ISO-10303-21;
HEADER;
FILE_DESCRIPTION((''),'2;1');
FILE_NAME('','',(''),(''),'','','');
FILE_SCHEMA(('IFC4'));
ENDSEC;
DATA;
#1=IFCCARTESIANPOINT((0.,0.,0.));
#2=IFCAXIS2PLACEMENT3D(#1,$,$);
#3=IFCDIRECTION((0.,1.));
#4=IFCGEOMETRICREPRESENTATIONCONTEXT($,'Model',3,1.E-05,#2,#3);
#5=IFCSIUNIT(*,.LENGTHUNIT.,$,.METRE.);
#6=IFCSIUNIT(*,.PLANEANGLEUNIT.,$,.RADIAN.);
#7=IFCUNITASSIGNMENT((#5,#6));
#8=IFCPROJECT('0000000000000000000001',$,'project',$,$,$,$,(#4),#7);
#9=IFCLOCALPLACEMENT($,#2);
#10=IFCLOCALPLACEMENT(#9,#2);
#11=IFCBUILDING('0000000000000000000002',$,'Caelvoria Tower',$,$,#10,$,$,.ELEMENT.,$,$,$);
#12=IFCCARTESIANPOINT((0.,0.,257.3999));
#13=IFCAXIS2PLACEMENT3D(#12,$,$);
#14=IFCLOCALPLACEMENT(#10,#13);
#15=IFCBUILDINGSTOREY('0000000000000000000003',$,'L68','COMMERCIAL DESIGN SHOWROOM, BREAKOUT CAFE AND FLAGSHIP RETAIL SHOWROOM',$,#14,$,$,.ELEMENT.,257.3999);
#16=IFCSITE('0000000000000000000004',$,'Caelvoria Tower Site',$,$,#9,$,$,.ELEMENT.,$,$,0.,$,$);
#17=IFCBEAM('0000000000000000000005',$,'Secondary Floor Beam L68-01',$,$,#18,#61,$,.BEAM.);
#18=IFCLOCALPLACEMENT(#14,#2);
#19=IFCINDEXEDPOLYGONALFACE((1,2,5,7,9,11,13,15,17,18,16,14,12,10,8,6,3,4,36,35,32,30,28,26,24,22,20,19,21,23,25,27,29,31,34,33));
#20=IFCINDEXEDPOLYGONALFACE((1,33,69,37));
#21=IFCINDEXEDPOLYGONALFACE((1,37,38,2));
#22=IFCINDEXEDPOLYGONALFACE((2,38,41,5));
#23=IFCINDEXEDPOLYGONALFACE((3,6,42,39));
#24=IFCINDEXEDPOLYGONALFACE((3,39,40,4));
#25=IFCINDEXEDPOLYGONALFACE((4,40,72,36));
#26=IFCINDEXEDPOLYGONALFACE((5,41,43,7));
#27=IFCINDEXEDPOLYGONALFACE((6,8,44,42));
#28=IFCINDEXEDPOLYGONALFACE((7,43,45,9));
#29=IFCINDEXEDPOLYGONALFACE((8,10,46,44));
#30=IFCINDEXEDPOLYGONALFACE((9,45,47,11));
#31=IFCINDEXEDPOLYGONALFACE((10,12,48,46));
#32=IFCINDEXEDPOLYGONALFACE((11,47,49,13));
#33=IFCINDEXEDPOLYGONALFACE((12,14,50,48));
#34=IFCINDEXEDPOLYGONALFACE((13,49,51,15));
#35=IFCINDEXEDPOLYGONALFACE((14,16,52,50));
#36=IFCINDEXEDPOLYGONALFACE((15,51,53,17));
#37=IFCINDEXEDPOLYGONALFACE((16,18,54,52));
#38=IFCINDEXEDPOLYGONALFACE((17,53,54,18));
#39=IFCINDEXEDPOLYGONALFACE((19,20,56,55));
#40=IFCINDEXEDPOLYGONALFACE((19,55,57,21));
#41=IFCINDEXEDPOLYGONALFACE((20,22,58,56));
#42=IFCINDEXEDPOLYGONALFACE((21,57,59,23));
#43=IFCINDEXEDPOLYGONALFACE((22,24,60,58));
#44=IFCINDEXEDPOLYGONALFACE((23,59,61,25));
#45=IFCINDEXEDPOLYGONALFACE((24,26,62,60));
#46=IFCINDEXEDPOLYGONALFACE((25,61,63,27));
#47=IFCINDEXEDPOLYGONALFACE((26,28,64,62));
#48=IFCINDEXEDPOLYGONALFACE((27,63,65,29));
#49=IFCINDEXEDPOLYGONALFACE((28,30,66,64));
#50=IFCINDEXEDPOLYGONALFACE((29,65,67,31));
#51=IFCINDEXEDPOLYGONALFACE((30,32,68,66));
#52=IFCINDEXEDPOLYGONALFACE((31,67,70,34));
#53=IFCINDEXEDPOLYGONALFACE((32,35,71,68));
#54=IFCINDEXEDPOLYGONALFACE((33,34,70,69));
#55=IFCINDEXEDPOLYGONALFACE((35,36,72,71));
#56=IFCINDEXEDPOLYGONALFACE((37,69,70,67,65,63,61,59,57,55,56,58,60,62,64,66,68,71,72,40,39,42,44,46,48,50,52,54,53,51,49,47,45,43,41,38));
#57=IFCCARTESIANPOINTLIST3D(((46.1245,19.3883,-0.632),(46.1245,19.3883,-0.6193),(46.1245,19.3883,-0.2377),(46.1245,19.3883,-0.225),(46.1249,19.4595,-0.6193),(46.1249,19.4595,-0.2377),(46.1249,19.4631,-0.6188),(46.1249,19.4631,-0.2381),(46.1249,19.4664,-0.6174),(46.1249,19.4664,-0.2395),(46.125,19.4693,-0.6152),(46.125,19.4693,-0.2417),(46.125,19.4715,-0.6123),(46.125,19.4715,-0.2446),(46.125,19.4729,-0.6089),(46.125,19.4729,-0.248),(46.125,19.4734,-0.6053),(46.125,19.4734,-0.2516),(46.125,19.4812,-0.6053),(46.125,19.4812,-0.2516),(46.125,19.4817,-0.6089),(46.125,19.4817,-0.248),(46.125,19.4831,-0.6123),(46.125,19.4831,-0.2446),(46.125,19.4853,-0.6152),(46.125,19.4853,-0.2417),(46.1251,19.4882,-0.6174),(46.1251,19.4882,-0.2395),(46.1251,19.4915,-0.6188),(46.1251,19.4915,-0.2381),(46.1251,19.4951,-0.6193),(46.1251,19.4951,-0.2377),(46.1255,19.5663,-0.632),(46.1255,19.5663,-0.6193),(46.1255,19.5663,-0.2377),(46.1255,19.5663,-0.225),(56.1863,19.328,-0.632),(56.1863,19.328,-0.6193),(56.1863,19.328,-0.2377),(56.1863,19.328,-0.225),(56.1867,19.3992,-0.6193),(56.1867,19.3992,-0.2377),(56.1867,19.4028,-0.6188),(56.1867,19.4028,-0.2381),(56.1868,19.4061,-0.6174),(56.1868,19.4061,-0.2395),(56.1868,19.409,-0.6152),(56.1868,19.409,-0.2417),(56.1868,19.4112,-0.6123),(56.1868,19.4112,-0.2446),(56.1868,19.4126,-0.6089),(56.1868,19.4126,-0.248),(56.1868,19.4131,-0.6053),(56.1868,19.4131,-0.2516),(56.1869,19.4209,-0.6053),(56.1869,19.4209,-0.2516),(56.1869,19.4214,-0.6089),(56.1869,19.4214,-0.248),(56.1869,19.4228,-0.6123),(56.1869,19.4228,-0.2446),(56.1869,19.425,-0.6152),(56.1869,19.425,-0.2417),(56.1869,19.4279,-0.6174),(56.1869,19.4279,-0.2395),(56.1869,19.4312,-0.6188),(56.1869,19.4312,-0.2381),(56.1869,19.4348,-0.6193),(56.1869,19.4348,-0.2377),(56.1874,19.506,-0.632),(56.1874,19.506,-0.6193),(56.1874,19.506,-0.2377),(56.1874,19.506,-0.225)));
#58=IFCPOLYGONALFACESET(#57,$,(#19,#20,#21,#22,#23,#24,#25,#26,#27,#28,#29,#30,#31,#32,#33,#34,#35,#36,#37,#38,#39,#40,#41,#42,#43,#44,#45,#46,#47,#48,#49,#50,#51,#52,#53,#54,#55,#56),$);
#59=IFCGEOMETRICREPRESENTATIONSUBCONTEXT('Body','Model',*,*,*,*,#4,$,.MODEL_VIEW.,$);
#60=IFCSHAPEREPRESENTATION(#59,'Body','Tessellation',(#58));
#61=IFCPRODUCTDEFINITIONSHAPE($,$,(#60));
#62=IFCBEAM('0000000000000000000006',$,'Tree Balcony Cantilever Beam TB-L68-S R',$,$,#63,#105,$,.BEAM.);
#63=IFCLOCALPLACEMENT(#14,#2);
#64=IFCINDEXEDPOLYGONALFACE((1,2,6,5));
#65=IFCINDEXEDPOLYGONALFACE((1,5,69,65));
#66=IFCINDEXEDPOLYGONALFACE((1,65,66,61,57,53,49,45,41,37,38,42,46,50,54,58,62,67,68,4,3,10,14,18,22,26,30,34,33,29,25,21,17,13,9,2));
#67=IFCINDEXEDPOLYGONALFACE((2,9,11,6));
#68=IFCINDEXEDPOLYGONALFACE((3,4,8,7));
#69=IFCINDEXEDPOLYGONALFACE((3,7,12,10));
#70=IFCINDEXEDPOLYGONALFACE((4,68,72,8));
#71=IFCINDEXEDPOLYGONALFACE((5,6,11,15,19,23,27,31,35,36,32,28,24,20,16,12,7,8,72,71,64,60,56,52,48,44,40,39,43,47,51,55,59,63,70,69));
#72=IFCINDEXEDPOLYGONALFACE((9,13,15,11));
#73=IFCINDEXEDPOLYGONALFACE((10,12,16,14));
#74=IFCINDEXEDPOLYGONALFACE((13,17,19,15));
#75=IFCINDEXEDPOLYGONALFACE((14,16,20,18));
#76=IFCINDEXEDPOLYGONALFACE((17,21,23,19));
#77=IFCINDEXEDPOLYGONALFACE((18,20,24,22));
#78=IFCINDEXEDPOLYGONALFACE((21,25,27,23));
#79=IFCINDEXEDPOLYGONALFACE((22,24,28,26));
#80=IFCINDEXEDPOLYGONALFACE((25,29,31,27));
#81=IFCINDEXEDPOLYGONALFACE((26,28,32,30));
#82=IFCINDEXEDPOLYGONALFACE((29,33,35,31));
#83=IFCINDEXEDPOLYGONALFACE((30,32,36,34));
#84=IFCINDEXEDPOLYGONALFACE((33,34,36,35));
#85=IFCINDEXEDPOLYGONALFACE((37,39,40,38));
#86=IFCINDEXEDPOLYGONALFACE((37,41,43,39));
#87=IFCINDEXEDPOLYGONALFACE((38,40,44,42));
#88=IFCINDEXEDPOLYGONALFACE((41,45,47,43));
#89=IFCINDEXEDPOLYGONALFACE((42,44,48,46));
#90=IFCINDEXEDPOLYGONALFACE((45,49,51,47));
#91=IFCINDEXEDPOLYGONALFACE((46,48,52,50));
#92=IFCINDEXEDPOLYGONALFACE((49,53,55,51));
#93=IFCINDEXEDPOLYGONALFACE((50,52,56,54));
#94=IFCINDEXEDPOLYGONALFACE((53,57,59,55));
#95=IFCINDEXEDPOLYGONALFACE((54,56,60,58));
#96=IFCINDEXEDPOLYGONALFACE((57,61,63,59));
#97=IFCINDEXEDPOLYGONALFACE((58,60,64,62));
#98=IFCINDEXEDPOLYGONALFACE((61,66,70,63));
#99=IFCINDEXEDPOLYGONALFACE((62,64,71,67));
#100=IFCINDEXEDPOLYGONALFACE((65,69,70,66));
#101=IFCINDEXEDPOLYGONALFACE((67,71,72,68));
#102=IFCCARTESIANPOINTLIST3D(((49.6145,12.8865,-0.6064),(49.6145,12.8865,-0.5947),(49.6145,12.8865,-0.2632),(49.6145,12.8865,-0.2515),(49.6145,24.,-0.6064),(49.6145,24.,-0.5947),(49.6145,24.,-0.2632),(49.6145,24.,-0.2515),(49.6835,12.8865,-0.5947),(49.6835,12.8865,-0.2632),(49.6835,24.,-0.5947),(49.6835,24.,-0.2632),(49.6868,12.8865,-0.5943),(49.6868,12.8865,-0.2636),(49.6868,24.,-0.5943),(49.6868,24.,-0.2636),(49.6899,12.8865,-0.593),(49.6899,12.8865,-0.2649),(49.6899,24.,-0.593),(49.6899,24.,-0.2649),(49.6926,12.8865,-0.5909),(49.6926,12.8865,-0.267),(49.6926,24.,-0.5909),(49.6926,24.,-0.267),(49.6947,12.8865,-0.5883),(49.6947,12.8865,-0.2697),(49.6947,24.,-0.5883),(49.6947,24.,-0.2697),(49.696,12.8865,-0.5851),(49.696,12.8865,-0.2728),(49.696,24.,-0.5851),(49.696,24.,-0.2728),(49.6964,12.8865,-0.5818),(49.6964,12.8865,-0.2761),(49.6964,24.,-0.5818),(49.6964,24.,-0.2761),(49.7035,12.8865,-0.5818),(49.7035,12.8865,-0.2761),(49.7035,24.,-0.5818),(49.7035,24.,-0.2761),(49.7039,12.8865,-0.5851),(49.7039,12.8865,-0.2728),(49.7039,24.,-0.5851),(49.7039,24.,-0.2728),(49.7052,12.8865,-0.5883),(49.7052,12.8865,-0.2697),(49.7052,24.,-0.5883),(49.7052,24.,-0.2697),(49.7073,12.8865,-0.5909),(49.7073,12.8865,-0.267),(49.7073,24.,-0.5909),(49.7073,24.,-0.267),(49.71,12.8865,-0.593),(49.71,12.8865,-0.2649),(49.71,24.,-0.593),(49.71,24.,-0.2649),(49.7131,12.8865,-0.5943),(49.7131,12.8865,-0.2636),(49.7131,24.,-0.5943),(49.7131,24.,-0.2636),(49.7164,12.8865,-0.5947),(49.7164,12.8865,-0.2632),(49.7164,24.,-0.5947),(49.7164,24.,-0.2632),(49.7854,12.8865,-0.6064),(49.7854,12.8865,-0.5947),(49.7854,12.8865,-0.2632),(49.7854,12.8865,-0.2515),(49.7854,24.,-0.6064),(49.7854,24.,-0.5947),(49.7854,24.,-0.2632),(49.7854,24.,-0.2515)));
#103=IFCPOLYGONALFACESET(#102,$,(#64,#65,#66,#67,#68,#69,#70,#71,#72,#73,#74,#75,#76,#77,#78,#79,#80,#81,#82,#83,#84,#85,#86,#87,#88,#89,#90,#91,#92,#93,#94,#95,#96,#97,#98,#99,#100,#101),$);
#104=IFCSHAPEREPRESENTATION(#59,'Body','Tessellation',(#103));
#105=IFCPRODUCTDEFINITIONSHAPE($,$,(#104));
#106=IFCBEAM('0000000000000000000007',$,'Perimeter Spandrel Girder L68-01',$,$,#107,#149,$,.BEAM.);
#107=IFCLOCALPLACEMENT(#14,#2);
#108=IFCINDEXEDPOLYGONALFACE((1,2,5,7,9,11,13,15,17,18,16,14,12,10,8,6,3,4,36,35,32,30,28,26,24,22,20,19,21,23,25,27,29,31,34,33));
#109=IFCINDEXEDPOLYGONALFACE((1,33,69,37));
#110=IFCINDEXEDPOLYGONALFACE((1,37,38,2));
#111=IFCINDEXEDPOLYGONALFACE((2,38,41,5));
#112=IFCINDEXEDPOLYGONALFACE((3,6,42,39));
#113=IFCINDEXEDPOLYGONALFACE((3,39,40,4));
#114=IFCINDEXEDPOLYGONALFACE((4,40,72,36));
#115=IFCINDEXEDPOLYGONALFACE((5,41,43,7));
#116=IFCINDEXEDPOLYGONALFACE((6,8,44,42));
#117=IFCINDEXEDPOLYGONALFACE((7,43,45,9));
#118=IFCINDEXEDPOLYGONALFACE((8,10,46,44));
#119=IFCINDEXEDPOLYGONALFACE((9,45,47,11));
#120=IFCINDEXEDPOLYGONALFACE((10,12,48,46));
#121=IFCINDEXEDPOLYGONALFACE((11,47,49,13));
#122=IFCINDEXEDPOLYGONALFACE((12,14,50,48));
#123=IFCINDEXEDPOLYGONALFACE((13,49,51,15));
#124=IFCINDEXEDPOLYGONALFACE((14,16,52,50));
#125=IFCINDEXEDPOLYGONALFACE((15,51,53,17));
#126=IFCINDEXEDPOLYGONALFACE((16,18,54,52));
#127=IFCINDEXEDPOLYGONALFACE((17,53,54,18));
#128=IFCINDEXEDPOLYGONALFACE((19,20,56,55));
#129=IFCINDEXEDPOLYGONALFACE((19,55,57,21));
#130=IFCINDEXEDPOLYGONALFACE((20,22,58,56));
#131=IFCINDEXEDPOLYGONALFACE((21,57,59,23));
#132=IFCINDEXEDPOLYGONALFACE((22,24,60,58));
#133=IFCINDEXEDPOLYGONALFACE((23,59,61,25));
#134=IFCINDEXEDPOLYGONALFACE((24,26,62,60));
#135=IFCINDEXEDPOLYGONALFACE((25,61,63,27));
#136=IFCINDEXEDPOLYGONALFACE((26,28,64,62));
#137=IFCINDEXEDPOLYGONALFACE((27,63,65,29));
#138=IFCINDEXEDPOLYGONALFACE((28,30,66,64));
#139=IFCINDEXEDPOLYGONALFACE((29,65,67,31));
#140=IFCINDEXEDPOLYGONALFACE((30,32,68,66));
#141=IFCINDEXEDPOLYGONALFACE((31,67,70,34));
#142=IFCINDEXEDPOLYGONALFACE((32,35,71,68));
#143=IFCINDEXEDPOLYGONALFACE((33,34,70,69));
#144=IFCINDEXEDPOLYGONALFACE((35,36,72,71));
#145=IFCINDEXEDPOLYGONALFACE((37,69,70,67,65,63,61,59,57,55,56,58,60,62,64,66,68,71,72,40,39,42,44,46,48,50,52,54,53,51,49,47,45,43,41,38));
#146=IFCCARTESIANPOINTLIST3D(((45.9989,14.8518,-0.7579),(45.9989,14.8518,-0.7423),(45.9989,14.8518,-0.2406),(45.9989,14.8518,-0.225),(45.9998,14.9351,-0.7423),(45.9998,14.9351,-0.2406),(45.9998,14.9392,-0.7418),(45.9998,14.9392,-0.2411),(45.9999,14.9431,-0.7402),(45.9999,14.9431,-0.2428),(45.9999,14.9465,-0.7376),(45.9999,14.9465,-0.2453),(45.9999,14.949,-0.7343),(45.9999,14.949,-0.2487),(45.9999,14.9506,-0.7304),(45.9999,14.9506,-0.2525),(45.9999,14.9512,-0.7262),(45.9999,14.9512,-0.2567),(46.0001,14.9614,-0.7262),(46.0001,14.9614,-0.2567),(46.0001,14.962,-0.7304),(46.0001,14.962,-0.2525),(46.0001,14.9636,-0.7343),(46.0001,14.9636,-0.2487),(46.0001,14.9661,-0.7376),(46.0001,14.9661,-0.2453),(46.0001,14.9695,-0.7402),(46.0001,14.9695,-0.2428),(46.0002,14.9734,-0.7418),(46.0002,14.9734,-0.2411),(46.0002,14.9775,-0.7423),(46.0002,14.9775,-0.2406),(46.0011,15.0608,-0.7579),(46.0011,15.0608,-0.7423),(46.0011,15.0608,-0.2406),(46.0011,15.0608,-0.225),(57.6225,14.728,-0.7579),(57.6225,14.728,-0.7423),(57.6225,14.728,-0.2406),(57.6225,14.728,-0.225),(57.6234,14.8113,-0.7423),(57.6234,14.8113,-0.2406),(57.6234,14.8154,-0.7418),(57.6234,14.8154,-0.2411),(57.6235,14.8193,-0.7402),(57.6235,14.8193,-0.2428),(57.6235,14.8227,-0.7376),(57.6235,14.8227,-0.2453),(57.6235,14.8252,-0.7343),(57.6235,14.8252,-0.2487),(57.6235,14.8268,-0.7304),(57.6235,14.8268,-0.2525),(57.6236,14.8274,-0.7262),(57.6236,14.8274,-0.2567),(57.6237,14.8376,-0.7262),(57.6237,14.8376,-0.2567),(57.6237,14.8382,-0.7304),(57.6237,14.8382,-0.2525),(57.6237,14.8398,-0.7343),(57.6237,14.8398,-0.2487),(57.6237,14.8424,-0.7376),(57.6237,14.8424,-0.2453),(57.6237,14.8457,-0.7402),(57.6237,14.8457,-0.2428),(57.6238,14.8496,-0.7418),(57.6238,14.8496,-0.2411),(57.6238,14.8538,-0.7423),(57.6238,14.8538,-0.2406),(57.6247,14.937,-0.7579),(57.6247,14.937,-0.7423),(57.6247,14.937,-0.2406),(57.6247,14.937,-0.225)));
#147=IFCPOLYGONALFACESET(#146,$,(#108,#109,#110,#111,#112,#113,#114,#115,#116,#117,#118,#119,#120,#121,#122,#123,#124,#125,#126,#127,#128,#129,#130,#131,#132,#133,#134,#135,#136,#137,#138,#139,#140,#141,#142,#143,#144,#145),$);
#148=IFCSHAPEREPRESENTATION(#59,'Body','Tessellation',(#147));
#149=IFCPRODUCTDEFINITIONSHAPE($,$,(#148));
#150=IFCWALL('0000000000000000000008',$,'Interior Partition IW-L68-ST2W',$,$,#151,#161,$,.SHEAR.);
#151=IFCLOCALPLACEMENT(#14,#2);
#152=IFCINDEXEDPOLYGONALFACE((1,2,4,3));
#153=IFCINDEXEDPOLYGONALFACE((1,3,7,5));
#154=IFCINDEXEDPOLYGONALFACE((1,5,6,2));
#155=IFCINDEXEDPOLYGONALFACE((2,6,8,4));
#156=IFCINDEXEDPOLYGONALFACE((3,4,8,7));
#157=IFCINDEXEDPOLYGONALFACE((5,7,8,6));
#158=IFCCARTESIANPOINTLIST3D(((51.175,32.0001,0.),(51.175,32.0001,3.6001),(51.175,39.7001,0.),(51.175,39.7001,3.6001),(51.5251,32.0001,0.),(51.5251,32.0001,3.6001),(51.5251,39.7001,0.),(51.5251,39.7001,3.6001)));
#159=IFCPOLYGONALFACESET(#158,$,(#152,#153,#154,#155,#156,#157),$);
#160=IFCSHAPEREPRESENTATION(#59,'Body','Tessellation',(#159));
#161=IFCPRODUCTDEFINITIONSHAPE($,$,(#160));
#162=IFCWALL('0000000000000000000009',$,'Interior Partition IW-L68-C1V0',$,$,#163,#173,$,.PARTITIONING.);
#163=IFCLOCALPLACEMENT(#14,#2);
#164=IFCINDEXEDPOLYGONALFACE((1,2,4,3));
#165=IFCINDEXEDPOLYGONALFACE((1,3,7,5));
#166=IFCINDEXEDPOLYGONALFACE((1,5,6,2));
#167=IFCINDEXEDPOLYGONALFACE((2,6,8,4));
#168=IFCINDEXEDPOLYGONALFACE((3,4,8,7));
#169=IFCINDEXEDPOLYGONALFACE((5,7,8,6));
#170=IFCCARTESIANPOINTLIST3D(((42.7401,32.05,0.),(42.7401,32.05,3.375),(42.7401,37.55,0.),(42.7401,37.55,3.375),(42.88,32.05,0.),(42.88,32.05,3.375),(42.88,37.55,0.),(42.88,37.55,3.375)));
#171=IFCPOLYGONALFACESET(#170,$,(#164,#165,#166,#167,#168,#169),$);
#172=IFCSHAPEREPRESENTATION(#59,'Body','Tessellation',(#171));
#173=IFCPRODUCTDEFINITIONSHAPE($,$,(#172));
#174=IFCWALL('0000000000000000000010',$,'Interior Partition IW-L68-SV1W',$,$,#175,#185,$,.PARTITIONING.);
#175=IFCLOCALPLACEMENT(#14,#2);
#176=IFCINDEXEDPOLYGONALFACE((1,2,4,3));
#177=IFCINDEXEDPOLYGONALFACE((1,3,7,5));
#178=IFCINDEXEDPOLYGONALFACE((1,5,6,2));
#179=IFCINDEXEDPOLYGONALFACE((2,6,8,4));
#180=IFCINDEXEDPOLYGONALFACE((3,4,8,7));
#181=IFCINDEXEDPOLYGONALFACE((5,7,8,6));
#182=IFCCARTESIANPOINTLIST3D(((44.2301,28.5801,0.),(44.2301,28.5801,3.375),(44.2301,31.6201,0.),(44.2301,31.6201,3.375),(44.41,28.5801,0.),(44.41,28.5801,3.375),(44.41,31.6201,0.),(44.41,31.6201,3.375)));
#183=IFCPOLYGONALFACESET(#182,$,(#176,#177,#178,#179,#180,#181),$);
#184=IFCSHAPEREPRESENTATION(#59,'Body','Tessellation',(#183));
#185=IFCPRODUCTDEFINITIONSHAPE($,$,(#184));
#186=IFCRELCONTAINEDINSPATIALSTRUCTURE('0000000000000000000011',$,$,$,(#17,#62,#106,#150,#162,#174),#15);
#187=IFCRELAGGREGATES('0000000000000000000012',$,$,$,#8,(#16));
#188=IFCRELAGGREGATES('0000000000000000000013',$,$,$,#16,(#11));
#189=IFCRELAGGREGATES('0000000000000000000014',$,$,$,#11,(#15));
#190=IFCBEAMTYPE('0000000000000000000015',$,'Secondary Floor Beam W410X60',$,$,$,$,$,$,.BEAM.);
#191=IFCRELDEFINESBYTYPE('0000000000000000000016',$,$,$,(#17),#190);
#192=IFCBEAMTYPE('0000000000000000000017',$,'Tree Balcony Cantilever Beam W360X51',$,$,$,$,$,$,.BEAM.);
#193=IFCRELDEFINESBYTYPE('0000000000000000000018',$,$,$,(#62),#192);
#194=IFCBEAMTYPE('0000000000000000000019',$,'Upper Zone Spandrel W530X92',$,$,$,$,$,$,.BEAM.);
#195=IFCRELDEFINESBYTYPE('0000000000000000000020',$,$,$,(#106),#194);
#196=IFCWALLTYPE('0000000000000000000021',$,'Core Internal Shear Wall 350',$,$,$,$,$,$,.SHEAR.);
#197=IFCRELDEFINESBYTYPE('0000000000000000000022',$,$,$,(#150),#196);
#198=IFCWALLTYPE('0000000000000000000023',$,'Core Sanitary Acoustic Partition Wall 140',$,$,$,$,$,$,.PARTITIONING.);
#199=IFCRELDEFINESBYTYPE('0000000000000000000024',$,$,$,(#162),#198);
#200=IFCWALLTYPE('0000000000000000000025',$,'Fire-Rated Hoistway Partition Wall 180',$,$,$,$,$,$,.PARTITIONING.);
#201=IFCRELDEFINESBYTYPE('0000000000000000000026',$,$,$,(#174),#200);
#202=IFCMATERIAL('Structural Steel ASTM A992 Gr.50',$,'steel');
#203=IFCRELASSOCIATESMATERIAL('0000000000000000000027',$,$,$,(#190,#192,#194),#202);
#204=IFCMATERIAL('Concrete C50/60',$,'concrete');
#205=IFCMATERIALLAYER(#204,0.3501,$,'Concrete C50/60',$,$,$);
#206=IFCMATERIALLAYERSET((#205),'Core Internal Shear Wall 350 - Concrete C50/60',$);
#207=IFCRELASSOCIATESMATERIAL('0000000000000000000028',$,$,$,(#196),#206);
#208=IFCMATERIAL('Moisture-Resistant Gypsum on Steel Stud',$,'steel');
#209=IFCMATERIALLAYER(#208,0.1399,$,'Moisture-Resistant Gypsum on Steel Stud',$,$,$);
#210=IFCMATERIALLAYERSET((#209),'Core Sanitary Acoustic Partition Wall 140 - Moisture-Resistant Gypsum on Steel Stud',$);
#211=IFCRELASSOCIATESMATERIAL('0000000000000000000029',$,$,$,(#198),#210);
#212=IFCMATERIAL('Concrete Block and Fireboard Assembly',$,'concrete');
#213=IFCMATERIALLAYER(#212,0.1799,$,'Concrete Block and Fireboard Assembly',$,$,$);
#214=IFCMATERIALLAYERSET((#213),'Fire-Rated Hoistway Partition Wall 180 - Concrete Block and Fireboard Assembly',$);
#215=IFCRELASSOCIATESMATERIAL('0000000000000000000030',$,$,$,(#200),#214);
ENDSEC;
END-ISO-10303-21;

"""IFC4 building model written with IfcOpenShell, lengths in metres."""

from ifc_helpers import new_model, si_unit, direction, frame, frame_2d, origin, origin_2d, place, context, subcontext, project, spatial, rectangle, i_section, extrude, material, layer, layer_set, material_profile, profile_set, type_object, element, save


model = new_model("IFC4")

# Units and contexts
model_context = context("Model", 3, precision=1e-05, world=origin(), true_north=direction((0.0, 1.0)))
body_context = subcontext(model_context, "Body", "Model", "MODEL_VIEW")
ifc_project = project(units=[si_unit("LENGTHUNIT", "METRE"), si_unit("PLANEANGLEUNIT", "RADIAN")], contexts=[model_context])

# Site, building, storey
site_placement = place(None, origin())
site = spatial("IfcSite", under=ifc_project, at=site_placement, Name="Caelvoria Tower Site", CompositionType="ELEMENT", RefElevation=0.0)
building_placement = place(site_placement, origin())
building = spatial("IfcBuilding", under=site, at=building_placement, Name="Caelvoria Tower", CompositionType="ELEMENT")
storey_placement = place(building_placement, frame((0.0, 0.0, 257.3999)))
storey = spatial("IfcBuildingStorey", under=building, at=storey_placement, Name="L68", Description="COMMERCIAL DESIGN SHOWROOM, BREAKOUT CAFE AND FLAGSHIP RETAIL SHOWROOM", CompositionType="ELEMENT", Elevation=257.3999)

# Shared definitions
ifc_material_1 = material(Name="Structural Steel ASTM A992 Gr.50", Category="steel")

# Beams
ifc_material_profile_1 = material_profile(ifc_material_1, i_section(OverallWidth=0.178, OverallDepth=0.407, WebThickness=0.0078, FlangeThickness=0.0127, FilletRadius=0.0139, at=origin_2d()), Name="Structural Steel ASTM A992 Gr.50")
ifc_profile_set_1 = profile_set([ifc_material_profile_1], Name="W410X60 - Structural Steel ASTM A992 Gr.50")
beam_type_1 = type_object("IfcBeamType", Name="Secondary Floor Beam W410X60", PredefinedType="BEAM", material=ifc_profile_set_1)
beam_1_placement = place(storey_placement, frame((46.125, 19.4773, -0.4285), z_axis=(0.999982, -0.005993, 0.0), x_axis=(0.005993, 0.999982, 0.0)))
element("IfcBeam", 1, at=beam_1_placement, inside=storey, type_object=beam_type_1, Name="Secondary Floor Beam L68-01", PredefinedType="BEAM", context=body_context, shape_type="SweptSolid", body=[
    extrude(i_section(OverallWidth=0.178, OverallDepth=0.407, WebThickness=0.0078, FlangeThickness=0.0127, FilletRadius=0.0139, at=origin_2d()), origin(), (0.0, 0.0, 1.0), 10.062),
])
ifc_material_profile_2 = material_profile(ifc_material_1, i_section(OverallWidth=0.1709, OverallDepth=0.355, WebThickness=0.0071, FlangeThickness=0.0117, FilletRadius=0.0129, at=origin_2d()), Name="Structural Steel ASTM A992 Gr.50")
ifc_profile_set_2 = profile_set([ifc_material_profile_2], Name="W360X51 - Structural Steel ASTM A992 Gr.50")
beam_type_2 = type_object("IfcBeamType", Name="Tree Balcony Cantilever Beam W360X51", PredefinedType="BEAM", material=ifc_profile_set_2)
beam_2_placement = place(storey_placement, frame((49.7, 24.0, -0.429), z_axis=(0.0, -1.0, 0.0), x_axis=(1.0, 0.0, 0.0)))
element("IfcBeam", 2, at=beam_2_placement, inside=storey, type_object=beam_type_2, Name="Tree Balcony Cantilever Beam TB-L68-S R", PredefinedType="BEAM", context=body_context, shape_type="SweptSolid", body=[
    extrude(i_section(OverallWidth=0.1709, OverallDepth=0.355, WebThickness=0.0071, FlangeThickness=0.0117, FilletRadius=0.0129, at=origin_2d()), origin(), (0.0, 0.0, 1.0), 11.1135),
])
ifc_material_profile_3 = material_profile(ifc_material_1, i_section(OverallWidth=0.209, OverallDepth=0.533, WebThickness=0.0103, FlangeThickness=0.0156, FilletRadius=0.0161, at=origin_2d()), Name="Structural Steel ASTM A992 Gr.50")
ifc_profile_set_3 = profile_set([ifc_material_profile_3], Name="W530X92 - Structural Steel ASTM A992 Gr.50")
beam_type_3 = type_object("IfcBeamType", Name="Upper Zone Spandrel W530X92", PredefinedType="BEAM", material=ifc_profile_set_3)
beam_3_placement = place(storey_placement, frame((46.0, 14.9563, -0.4915), z_axis=(0.999943, -0.010648, 0.0), x_axis=(0.010648, 0.999943, 0.0)))
element("IfcBeam", 3, at=beam_3_placement, inside=storey, type_object=beam_type_3, Name="Perimeter Spandrel Girder L68-01", PredefinedType="BEAM", context=body_context, shape_type="SweptSolid", body=[
    extrude(i_section(OverallWidth=0.209, OverallDepth=0.533, WebThickness=0.0103, FlangeThickness=0.0156, FilletRadius=0.0161, at=origin_2d()), origin(), (0.0, 0.0, 1.0), 11.6243),
])

# Walls
ifc_material_2 = material(Name="Concrete C50/60", Category="concrete")
ifc_layer_1 = layer(ifc_material_2, 0.3501, Name="Concrete C50/60")
ifc_layer_set_1 = layer_set([ifc_layer_1], Name="Core Internal Shear Wall 350 - Concrete C50/60")
wall_type_1 = type_object("IfcWallType", Name="Core Internal Shear Wall 350", PredefinedType="SHEAR", material=ifc_layer_set_1)
wall_1_placement = place(storey_placement, frame((51.3501, 32.0, 0.0), z_axis=(0.0, 0.0, 1.0), x_axis=(0.0, 1.0, 0.0)))
element("IfcWall", 4, at=wall_1_placement, inside=storey, type_object=wall_type_1, Name="Interior Partition IW-L68-ST2W", PredefinedType="SHEAR", context=body_context, shape_type="SweptSolid", body=[
    extrude(rectangle(XDim=7.7, YDim=0.3501, at=frame_2d((3.8501, 0.0))), origin(), (0.0, 0.0, 1.0), 3.6001),
])
ifc_material_3 = material(Name="Moisture-Resistant Gypsum on Steel Stud", Category="steel")
ifc_layer_2 = layer(ifc_material_3, 0.1399, Name="Moisture-Resistant Gypsum on Steel Stud")
ifc_layer_set_2 = layer_set([ifc_layer_2], Name="Core Sanitary Acoustic Partition Wall 140 - Moisture-Resistant Gypsum on Steel Stud")
wall_type_2 = type_object("IfcWallType", Name="Core Sanitary Acoustic Partition Wall 140", PredefinedType="PARTITIONING", material=ifc_layer_set_2)
wall_2_placement = place(storey_placement, frame((42.8101, 32.05, 0.0), z_axis=(0.0, 0.0, 1.0), x_axis=(0.0, 1.0, 0.0)))
element("IfcWall", 5, at=wall_2_placement, inside=storey, type_object=wall_type_2, Name="Interior Partition IW-L68-C1V0", PredefinedType="PARTITIONING", context=body_context, shape_type="SweptSolid", body=[
    extrude(rectangle(XDim=5.5, YDim=0.1399, at=frame_2d((2.75, 0.0))), origin(), (0.0, 0.0, 1.0), 3.375),
])

# Wall
ifc_material_4 = material(Name="Concrete Block and Fireboard Assembly", Category="concrete")
ifc_layer_3 = layer(ifc_material_4, 0.1799, Name="Concrete Block and Fireboard Assembly")
ifc_layer_set_3 = layer_set([ifc_layer_3], Name="Fire-Rated Hoistway Partition Wall 180 - Concrete Block and Fireboard Assembly")
wall_type_3 = type_object("IfcWallType", Name="Fire-Rated Hoistway Partition Wall 180", PredefinedType="PARTITIONING", material=ifc_layer_set_3)
for number, where, z_axis, x_axis, name in (
    (6, (44.3201, 28.5801, 0.0), (0.0, 0.0, 1.0), (0.0, 1.0, 0.0), "Interior Partition IW-L68-SV1W"),
):
    element("IfcWall", number, at=place(storey_placement, frame(where, z_axis=z_axis, x_axis=x_axis)), inside=storey, type_object=wall_type_3, Name=name, PredefinedType="PARTITIONING", context=body_context, shape_type="SweptSolid", body=[
        extrude(rectangle(XDim=3.04, YDim=0.1799, at=frame_2d((1.52, 0.0))), origin(), (0.0, 0.0, 1.0), 3.375),
    ])

save(model, "model.ifc")
